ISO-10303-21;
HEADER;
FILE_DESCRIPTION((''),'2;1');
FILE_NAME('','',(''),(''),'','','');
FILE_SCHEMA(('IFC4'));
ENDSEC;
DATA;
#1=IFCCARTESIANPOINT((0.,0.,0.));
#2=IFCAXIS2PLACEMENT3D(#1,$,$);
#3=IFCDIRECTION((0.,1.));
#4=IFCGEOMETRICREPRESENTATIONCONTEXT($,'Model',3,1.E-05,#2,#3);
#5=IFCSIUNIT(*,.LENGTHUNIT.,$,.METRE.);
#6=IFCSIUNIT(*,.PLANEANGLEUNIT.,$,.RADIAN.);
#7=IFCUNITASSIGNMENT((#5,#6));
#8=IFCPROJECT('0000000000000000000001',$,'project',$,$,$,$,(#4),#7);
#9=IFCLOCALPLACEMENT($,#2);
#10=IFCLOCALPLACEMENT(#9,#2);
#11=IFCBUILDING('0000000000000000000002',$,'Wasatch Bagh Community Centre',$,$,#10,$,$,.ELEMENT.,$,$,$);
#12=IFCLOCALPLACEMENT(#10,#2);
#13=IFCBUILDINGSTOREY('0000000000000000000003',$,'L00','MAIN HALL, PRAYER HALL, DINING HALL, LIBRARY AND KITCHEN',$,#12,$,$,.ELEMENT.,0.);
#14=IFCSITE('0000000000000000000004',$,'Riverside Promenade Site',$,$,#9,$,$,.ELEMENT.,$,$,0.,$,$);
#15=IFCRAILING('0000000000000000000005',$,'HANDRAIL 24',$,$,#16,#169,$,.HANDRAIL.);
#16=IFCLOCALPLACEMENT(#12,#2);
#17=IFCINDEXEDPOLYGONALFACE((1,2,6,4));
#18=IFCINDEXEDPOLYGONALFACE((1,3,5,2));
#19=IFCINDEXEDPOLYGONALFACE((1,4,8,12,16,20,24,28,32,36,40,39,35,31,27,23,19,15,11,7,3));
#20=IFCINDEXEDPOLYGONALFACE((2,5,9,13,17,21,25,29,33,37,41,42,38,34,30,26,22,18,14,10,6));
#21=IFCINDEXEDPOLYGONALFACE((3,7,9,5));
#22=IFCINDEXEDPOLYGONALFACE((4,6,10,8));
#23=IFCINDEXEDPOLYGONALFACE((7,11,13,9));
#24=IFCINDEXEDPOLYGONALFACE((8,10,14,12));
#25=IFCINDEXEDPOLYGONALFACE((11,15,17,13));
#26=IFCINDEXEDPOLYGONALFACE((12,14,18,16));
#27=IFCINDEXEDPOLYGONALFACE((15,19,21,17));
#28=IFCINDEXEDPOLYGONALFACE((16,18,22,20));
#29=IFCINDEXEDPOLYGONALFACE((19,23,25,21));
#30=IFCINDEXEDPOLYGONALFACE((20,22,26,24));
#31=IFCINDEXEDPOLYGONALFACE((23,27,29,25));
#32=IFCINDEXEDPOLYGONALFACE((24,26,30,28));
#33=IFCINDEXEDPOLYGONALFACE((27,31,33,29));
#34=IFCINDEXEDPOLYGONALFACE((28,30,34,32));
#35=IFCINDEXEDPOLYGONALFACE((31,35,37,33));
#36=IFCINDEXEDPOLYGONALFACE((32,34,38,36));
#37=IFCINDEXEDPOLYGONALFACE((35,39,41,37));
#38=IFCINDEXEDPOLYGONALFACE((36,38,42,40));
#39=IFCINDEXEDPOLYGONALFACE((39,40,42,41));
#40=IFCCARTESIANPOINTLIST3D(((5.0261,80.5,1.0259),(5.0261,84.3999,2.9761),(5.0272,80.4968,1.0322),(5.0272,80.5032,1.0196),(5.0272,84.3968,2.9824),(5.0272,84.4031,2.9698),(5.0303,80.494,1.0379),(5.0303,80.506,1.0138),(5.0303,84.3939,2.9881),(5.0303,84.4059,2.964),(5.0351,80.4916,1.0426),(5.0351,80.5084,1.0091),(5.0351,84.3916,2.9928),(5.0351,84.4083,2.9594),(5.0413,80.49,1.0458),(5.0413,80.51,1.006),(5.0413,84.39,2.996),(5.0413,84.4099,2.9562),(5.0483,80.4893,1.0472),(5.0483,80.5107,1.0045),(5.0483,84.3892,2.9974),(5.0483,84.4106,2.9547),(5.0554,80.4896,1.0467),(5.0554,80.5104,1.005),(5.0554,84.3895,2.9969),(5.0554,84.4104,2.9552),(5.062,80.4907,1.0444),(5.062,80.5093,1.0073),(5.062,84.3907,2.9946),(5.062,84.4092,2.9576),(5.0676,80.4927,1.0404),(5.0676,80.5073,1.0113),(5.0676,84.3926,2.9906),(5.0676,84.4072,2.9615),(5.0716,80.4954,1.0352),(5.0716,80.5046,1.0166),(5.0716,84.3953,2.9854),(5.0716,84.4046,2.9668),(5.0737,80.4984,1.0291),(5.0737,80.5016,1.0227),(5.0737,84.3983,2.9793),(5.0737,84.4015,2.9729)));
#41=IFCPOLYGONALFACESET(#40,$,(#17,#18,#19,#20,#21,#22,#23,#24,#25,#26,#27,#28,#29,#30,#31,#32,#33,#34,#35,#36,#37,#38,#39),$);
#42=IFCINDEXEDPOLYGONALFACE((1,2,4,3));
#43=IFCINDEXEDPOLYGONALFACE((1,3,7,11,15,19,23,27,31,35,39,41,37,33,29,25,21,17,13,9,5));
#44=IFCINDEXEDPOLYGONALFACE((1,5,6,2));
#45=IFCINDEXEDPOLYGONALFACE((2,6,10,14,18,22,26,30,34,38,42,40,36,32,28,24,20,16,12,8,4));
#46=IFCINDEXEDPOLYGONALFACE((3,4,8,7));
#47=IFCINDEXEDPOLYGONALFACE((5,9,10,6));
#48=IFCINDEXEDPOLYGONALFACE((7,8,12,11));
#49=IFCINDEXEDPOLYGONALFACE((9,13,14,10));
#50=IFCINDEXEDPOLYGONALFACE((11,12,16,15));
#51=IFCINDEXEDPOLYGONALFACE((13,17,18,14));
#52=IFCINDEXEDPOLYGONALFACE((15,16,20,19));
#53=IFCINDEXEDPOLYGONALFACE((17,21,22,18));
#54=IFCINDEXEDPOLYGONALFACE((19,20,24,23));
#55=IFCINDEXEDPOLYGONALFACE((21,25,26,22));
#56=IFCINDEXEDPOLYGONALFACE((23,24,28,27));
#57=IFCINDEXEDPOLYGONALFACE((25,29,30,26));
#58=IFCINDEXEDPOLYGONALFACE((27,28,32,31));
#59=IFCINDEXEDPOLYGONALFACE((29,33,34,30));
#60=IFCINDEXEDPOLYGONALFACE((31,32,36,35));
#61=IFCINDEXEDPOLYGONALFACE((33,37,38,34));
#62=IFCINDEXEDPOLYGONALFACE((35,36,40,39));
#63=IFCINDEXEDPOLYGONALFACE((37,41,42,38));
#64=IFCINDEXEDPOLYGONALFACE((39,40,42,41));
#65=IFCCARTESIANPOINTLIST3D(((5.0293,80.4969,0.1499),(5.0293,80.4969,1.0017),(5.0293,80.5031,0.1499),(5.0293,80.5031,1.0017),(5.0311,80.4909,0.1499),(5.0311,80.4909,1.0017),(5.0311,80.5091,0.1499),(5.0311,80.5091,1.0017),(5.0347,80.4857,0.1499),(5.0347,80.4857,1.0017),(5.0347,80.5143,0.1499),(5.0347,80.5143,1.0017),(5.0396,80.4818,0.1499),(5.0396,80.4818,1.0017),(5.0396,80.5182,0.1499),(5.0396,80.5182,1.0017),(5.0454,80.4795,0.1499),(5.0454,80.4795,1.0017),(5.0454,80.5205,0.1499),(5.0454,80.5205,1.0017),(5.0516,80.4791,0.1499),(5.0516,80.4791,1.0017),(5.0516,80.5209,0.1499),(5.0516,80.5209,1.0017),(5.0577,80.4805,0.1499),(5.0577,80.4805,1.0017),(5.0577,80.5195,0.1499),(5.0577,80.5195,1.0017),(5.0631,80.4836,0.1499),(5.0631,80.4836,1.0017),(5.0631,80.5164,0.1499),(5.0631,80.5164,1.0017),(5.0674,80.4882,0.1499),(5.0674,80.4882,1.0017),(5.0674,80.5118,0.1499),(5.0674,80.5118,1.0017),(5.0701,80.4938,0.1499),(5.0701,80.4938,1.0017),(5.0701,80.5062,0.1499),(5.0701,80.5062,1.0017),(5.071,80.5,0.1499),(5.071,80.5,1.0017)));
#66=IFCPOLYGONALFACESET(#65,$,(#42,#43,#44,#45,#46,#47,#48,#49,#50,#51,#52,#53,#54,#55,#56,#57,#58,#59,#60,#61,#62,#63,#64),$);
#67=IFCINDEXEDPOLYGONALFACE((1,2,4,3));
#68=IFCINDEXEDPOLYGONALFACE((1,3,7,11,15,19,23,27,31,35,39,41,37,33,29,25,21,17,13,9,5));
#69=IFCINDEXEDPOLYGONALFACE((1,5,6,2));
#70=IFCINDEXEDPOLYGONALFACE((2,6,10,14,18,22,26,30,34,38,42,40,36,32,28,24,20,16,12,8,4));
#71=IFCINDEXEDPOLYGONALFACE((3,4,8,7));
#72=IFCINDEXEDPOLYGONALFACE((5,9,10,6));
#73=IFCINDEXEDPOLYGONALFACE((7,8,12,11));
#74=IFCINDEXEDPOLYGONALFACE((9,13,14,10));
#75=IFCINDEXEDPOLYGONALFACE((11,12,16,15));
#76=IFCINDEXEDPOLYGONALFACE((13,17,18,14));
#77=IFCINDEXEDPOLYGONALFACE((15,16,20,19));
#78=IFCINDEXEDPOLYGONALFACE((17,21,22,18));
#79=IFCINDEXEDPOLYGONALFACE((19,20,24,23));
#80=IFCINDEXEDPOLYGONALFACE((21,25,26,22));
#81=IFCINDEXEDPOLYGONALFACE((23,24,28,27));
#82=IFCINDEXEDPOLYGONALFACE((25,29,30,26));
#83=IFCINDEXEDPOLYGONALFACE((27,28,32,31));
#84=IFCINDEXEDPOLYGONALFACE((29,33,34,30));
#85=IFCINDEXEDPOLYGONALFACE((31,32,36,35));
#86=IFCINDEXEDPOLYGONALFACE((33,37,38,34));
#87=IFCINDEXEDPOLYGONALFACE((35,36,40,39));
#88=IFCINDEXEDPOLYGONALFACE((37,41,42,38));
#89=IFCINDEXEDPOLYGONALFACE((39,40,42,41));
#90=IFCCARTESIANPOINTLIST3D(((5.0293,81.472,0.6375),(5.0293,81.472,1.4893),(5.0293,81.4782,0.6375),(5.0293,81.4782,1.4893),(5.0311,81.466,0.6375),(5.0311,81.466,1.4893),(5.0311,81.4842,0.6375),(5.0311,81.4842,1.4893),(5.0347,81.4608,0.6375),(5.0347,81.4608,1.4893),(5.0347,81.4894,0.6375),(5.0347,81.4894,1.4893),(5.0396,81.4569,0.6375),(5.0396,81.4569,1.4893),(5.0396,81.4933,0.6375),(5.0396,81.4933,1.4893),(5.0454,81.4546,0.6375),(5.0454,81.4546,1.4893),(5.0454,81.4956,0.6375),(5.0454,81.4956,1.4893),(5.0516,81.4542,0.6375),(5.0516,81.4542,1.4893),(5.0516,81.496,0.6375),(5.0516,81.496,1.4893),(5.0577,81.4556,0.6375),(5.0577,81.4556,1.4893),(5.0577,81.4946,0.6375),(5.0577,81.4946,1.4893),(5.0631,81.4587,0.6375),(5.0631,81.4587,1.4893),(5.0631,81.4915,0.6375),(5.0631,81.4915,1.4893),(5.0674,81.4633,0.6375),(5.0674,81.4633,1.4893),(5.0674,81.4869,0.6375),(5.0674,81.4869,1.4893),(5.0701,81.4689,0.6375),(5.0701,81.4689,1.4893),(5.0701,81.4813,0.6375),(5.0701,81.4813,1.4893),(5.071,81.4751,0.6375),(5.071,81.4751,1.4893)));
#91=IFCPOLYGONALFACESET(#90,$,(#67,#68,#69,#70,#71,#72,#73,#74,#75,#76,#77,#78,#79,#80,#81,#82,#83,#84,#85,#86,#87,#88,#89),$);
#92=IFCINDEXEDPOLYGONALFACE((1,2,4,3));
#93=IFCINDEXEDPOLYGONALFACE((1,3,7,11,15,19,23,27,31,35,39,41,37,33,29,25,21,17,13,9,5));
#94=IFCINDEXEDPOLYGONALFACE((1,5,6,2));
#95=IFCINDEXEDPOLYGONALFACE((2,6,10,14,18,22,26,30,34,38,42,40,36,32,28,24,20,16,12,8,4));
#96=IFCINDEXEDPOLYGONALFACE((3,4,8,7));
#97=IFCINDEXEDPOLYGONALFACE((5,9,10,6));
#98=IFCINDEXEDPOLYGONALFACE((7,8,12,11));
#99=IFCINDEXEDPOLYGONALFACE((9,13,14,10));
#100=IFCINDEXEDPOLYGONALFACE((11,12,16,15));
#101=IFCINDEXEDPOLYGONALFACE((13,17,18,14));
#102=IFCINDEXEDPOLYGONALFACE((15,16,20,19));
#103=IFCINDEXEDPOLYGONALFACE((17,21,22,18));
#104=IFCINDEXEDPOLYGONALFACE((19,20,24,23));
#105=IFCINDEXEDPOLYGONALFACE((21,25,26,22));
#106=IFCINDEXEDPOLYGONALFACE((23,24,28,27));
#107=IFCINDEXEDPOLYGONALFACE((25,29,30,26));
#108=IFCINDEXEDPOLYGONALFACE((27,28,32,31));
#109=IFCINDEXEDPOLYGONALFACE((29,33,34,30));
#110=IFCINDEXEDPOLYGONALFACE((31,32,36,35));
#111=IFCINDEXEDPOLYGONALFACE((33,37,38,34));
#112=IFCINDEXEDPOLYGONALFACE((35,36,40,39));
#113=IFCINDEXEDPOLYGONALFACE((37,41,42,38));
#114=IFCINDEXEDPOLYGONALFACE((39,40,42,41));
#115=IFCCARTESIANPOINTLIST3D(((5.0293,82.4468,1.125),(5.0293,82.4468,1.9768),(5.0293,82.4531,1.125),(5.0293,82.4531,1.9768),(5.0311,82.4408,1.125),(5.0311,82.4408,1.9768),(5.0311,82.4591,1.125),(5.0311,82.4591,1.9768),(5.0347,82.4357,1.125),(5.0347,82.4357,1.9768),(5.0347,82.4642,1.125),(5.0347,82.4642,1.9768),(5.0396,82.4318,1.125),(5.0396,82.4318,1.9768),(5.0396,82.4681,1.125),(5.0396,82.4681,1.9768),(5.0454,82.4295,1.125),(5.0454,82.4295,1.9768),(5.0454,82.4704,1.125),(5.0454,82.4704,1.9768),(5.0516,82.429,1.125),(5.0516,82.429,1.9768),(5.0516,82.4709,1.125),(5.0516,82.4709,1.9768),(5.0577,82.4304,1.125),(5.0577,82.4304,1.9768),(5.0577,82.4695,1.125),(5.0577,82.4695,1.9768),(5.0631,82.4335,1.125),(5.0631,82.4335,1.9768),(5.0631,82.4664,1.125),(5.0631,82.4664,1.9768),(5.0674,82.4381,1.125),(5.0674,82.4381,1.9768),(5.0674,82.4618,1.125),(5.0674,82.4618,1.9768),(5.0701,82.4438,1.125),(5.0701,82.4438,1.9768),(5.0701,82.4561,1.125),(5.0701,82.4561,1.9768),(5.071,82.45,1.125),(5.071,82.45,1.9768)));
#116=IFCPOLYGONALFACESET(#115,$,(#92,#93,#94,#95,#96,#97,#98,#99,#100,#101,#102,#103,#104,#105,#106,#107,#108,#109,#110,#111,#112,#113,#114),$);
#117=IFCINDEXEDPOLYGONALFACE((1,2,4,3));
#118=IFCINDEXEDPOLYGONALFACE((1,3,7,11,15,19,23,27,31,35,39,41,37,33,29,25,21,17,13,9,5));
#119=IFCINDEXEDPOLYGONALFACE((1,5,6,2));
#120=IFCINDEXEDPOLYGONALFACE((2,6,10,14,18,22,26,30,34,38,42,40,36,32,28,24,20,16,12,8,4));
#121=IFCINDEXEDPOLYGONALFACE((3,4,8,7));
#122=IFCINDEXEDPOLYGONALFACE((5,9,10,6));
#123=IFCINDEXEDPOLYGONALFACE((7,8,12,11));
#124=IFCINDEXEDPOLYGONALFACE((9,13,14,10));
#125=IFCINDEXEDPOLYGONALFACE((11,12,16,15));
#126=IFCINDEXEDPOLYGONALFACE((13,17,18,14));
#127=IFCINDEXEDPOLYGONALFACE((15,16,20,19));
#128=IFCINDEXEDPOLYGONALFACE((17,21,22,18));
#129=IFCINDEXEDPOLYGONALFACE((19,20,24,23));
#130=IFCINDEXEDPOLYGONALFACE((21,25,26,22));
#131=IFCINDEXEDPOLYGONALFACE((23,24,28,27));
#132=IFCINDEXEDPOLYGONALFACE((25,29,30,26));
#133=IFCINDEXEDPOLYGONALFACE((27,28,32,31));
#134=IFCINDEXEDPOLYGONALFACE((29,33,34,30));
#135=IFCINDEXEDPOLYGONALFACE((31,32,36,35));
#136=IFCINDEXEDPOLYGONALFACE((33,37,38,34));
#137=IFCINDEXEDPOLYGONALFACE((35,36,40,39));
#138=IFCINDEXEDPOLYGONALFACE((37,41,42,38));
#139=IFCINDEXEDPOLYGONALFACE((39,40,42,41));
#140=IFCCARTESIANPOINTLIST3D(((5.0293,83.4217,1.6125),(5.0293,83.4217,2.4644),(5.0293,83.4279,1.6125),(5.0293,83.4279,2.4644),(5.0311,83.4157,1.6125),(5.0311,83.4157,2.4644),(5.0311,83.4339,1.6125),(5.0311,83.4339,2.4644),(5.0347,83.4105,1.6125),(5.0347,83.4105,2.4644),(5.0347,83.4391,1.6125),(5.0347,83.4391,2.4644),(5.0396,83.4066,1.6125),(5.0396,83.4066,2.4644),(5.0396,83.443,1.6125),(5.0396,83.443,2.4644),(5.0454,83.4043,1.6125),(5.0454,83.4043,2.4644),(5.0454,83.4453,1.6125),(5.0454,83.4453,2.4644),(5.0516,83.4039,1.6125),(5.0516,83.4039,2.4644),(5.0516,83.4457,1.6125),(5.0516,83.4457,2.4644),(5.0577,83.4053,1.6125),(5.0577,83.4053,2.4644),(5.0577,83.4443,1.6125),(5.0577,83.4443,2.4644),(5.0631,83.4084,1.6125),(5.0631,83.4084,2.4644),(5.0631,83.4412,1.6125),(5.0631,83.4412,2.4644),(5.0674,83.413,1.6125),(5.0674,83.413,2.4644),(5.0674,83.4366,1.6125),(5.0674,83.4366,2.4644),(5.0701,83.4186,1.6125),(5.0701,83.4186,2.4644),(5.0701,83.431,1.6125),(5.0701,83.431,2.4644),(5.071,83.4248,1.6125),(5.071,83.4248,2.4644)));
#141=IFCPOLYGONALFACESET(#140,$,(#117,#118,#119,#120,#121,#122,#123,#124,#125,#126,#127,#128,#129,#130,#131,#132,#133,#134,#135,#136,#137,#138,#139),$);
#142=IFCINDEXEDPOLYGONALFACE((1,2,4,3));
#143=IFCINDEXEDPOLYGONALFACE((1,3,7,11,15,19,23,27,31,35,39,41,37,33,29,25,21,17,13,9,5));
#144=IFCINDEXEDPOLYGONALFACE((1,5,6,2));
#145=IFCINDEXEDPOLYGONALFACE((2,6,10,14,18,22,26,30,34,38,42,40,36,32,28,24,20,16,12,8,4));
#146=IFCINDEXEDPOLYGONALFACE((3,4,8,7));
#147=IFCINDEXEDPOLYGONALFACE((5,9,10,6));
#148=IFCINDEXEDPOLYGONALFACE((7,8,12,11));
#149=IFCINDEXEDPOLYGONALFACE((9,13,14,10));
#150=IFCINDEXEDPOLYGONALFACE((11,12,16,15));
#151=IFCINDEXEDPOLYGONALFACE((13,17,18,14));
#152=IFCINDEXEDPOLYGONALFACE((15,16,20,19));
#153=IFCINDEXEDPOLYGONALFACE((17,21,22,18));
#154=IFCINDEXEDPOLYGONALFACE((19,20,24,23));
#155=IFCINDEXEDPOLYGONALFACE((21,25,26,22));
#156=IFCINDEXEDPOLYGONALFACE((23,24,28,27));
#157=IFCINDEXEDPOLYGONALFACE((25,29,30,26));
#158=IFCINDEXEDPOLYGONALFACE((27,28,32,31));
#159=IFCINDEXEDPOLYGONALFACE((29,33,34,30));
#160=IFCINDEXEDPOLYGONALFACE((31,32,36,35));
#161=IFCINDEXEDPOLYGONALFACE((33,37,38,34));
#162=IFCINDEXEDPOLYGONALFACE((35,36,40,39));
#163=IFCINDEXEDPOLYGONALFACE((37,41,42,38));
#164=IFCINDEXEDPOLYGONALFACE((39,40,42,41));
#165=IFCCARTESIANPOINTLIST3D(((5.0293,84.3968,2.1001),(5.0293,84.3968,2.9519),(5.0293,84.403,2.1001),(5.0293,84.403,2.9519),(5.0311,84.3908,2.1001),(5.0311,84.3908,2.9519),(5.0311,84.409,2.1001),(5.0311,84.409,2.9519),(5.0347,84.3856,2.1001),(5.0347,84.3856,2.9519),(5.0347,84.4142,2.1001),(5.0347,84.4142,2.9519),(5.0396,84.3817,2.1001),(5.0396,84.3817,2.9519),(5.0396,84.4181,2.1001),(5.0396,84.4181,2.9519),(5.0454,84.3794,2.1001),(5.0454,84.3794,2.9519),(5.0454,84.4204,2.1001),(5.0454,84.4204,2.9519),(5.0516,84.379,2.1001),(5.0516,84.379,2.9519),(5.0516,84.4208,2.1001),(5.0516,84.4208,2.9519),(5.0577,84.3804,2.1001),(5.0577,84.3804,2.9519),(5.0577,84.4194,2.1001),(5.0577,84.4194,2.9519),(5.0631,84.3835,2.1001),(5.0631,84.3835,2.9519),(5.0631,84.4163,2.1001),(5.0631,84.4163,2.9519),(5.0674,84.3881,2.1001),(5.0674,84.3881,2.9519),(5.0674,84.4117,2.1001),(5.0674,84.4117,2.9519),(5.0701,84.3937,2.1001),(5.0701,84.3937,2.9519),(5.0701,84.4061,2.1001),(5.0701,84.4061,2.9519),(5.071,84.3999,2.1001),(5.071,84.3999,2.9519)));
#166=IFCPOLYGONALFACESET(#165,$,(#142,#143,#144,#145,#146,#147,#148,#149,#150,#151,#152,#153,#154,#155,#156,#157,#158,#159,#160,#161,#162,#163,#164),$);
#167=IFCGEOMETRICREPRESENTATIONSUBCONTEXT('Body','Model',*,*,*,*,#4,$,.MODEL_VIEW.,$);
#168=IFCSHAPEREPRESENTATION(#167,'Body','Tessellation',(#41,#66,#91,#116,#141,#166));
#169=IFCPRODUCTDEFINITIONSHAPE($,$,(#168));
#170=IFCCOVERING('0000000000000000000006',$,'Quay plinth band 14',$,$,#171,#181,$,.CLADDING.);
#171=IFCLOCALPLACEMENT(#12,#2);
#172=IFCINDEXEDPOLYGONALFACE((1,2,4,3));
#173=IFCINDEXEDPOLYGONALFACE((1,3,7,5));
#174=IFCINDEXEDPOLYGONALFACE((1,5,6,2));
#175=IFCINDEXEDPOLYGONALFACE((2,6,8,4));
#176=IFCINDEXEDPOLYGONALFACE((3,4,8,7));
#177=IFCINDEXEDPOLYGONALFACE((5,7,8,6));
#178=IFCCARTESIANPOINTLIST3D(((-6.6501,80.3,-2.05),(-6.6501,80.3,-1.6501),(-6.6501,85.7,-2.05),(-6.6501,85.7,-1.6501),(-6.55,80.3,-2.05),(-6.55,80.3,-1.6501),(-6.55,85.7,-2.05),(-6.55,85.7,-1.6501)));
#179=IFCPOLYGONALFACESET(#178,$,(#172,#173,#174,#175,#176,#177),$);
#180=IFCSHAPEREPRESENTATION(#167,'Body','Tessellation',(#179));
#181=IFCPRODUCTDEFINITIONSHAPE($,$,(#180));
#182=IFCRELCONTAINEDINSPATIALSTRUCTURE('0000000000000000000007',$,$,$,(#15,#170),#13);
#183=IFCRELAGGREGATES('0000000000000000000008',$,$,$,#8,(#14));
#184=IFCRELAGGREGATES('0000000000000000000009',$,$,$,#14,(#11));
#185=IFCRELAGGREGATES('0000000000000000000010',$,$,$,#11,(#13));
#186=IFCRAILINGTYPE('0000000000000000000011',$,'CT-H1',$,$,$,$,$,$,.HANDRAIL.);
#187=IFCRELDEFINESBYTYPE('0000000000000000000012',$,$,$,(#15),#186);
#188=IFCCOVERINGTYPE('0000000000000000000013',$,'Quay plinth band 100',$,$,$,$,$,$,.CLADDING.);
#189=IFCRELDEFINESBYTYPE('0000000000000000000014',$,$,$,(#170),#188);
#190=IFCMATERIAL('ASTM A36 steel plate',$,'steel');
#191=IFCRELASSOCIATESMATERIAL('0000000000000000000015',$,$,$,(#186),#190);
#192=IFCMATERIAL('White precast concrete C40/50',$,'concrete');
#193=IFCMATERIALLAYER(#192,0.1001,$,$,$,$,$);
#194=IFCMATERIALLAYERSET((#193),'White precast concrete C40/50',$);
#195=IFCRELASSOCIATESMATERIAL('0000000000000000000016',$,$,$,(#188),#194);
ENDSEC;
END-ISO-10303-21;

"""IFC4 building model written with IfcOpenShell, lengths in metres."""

from ifc_helpers import new_model, si_unit, direction, frame, origin, origin_2d, place, context, subcontext, project, spatial, rectangle, circle, extrude, material, layer, layer_set, type_object, element, save


model = new_model("IFC4")

# Units and contexts
model_context = context("Model", 3, precision=1e-05, world=origin(), true_north=direction((0.0, 1.0)))
body_context = subcontext(model_context, "Body", "Model", "MODEL_VIEW")
ifc_project = project(units=[si_unit("LENGTHUNIT", "METRE"), si_unit("PLANEANGLEUNIT", "RADIAN")], contexts=[model_context])

# Site, building, storey
site_placement = place(None, origin())
site = spatial("IfcSite", under=ifc_project, at=site_placement, Name="Riverside Promenade Site", CompositionType="ELEMENT", RefElevation=0.0)
building_placement = place(site_placement, origin())
building = spatial("IfcBuilding", under=site, at=building_placement, Name="Wasatch Bagh Community Centre", CompositionType="ELEMENT")
storey_placement = place(building_placement, origin())
storey = spatial("IfcBuildingStorey", under=building, at=storey_placement, Name="L00", Description="MAIN HALL, PRAYER HALL, DINING HALL, LIBRARY AND KITCHEN", CompositionType="ELEMENT", Elevation=0.0)

# Railing
ifc_material_1 = material(Name="ASTM A36 steel plate", Category="steel")
railing_type_1 = type_object("IfcRailingType", Name="CT-H1", PredefinedType="HANDRAIL", material=ifc_material_1)
for number, where, name in (
    (1, (5.05, 80.5, 0.1499), "HANDRAIL 24"),
):
    element("IfcRailing", number, at=place(storey_placement, frame(where)), inside=storey, type_object=railing_type_1, Name=name, PredefinedType="HANDRAIL", context=body_context, shape_type="SweptSolid", body=[
        extrude(circle(Radius=0.0239, at=origin_2d()), frame((0.0, 0.0, 0.876), z_axis=(0.0, 0.894405, 0.447258), x_axis=(-1.0, 0.0, 0.0)), (0.0, 0.0, 1.0), 4.3604),
        extrude(circle(Radius=0.021, at=origin_2d()), origin(), (0.0, 0.0, 1.0), 0.8518),
        extrude(circle(Radius=0.021, at=origin_2d()), frame((0.0, 0.9751, 0.4875)), (0.0, 0.0, 1.0), 0.8518),
        extrude(circle(Radius=0.021, at=origin_2d()), frame((0.0, 1.95, 0.9751)), (0.0, 0.0, 1.0), 0.8518),
        extrude(circle(Radius=0.021, at=origin_2d()), frame((0.0, 2.9248, 1.4626)), (0.0, 0.0, 1.0), 0.8518),
        extrude(circle(Radius=0.021, at=origin_2d()), frame((0.0, 3.8999, 1.9502)), (0.0, 0.0, 1.0), 0.8518),
    ])

# Covering
ifc_material_2 = material(Name="White precast concrete C40/50", Category="concrete")
ifc_layer_1 = layer(ifc_material_2, 0.1001)
ifc_layer_set_1 = layer_set([ifc_layer_1], Name="White precast concrete C40/50")
covering_type = type_object("IfcCoveringType", Name="Quay plinth band 100", PredefinedType="CLADDING", material=ifc_layer_set_1)
covering_placement = place(storey_placement, frame((-6.6001, 83.0, -2.05), z_axis=(0.0, 0.0, 1.0), x_axis=(1.0, 0.0, 0.0)))
element("IfcCovering", 2, at=covering_placement, inside=storey, type_object=covering_type, Name="Quay plinth band 14", PredefinedType="CLADDING", context=body_context, shape_type="SweptSolid", body=[
    extrude(rectangle(XDim=0.1001, YDim=5.3999, at=origin_2d()), origin(), (0.0, 0.0, 1.0), 0.3999),
])

save(model, "model.ifc")
